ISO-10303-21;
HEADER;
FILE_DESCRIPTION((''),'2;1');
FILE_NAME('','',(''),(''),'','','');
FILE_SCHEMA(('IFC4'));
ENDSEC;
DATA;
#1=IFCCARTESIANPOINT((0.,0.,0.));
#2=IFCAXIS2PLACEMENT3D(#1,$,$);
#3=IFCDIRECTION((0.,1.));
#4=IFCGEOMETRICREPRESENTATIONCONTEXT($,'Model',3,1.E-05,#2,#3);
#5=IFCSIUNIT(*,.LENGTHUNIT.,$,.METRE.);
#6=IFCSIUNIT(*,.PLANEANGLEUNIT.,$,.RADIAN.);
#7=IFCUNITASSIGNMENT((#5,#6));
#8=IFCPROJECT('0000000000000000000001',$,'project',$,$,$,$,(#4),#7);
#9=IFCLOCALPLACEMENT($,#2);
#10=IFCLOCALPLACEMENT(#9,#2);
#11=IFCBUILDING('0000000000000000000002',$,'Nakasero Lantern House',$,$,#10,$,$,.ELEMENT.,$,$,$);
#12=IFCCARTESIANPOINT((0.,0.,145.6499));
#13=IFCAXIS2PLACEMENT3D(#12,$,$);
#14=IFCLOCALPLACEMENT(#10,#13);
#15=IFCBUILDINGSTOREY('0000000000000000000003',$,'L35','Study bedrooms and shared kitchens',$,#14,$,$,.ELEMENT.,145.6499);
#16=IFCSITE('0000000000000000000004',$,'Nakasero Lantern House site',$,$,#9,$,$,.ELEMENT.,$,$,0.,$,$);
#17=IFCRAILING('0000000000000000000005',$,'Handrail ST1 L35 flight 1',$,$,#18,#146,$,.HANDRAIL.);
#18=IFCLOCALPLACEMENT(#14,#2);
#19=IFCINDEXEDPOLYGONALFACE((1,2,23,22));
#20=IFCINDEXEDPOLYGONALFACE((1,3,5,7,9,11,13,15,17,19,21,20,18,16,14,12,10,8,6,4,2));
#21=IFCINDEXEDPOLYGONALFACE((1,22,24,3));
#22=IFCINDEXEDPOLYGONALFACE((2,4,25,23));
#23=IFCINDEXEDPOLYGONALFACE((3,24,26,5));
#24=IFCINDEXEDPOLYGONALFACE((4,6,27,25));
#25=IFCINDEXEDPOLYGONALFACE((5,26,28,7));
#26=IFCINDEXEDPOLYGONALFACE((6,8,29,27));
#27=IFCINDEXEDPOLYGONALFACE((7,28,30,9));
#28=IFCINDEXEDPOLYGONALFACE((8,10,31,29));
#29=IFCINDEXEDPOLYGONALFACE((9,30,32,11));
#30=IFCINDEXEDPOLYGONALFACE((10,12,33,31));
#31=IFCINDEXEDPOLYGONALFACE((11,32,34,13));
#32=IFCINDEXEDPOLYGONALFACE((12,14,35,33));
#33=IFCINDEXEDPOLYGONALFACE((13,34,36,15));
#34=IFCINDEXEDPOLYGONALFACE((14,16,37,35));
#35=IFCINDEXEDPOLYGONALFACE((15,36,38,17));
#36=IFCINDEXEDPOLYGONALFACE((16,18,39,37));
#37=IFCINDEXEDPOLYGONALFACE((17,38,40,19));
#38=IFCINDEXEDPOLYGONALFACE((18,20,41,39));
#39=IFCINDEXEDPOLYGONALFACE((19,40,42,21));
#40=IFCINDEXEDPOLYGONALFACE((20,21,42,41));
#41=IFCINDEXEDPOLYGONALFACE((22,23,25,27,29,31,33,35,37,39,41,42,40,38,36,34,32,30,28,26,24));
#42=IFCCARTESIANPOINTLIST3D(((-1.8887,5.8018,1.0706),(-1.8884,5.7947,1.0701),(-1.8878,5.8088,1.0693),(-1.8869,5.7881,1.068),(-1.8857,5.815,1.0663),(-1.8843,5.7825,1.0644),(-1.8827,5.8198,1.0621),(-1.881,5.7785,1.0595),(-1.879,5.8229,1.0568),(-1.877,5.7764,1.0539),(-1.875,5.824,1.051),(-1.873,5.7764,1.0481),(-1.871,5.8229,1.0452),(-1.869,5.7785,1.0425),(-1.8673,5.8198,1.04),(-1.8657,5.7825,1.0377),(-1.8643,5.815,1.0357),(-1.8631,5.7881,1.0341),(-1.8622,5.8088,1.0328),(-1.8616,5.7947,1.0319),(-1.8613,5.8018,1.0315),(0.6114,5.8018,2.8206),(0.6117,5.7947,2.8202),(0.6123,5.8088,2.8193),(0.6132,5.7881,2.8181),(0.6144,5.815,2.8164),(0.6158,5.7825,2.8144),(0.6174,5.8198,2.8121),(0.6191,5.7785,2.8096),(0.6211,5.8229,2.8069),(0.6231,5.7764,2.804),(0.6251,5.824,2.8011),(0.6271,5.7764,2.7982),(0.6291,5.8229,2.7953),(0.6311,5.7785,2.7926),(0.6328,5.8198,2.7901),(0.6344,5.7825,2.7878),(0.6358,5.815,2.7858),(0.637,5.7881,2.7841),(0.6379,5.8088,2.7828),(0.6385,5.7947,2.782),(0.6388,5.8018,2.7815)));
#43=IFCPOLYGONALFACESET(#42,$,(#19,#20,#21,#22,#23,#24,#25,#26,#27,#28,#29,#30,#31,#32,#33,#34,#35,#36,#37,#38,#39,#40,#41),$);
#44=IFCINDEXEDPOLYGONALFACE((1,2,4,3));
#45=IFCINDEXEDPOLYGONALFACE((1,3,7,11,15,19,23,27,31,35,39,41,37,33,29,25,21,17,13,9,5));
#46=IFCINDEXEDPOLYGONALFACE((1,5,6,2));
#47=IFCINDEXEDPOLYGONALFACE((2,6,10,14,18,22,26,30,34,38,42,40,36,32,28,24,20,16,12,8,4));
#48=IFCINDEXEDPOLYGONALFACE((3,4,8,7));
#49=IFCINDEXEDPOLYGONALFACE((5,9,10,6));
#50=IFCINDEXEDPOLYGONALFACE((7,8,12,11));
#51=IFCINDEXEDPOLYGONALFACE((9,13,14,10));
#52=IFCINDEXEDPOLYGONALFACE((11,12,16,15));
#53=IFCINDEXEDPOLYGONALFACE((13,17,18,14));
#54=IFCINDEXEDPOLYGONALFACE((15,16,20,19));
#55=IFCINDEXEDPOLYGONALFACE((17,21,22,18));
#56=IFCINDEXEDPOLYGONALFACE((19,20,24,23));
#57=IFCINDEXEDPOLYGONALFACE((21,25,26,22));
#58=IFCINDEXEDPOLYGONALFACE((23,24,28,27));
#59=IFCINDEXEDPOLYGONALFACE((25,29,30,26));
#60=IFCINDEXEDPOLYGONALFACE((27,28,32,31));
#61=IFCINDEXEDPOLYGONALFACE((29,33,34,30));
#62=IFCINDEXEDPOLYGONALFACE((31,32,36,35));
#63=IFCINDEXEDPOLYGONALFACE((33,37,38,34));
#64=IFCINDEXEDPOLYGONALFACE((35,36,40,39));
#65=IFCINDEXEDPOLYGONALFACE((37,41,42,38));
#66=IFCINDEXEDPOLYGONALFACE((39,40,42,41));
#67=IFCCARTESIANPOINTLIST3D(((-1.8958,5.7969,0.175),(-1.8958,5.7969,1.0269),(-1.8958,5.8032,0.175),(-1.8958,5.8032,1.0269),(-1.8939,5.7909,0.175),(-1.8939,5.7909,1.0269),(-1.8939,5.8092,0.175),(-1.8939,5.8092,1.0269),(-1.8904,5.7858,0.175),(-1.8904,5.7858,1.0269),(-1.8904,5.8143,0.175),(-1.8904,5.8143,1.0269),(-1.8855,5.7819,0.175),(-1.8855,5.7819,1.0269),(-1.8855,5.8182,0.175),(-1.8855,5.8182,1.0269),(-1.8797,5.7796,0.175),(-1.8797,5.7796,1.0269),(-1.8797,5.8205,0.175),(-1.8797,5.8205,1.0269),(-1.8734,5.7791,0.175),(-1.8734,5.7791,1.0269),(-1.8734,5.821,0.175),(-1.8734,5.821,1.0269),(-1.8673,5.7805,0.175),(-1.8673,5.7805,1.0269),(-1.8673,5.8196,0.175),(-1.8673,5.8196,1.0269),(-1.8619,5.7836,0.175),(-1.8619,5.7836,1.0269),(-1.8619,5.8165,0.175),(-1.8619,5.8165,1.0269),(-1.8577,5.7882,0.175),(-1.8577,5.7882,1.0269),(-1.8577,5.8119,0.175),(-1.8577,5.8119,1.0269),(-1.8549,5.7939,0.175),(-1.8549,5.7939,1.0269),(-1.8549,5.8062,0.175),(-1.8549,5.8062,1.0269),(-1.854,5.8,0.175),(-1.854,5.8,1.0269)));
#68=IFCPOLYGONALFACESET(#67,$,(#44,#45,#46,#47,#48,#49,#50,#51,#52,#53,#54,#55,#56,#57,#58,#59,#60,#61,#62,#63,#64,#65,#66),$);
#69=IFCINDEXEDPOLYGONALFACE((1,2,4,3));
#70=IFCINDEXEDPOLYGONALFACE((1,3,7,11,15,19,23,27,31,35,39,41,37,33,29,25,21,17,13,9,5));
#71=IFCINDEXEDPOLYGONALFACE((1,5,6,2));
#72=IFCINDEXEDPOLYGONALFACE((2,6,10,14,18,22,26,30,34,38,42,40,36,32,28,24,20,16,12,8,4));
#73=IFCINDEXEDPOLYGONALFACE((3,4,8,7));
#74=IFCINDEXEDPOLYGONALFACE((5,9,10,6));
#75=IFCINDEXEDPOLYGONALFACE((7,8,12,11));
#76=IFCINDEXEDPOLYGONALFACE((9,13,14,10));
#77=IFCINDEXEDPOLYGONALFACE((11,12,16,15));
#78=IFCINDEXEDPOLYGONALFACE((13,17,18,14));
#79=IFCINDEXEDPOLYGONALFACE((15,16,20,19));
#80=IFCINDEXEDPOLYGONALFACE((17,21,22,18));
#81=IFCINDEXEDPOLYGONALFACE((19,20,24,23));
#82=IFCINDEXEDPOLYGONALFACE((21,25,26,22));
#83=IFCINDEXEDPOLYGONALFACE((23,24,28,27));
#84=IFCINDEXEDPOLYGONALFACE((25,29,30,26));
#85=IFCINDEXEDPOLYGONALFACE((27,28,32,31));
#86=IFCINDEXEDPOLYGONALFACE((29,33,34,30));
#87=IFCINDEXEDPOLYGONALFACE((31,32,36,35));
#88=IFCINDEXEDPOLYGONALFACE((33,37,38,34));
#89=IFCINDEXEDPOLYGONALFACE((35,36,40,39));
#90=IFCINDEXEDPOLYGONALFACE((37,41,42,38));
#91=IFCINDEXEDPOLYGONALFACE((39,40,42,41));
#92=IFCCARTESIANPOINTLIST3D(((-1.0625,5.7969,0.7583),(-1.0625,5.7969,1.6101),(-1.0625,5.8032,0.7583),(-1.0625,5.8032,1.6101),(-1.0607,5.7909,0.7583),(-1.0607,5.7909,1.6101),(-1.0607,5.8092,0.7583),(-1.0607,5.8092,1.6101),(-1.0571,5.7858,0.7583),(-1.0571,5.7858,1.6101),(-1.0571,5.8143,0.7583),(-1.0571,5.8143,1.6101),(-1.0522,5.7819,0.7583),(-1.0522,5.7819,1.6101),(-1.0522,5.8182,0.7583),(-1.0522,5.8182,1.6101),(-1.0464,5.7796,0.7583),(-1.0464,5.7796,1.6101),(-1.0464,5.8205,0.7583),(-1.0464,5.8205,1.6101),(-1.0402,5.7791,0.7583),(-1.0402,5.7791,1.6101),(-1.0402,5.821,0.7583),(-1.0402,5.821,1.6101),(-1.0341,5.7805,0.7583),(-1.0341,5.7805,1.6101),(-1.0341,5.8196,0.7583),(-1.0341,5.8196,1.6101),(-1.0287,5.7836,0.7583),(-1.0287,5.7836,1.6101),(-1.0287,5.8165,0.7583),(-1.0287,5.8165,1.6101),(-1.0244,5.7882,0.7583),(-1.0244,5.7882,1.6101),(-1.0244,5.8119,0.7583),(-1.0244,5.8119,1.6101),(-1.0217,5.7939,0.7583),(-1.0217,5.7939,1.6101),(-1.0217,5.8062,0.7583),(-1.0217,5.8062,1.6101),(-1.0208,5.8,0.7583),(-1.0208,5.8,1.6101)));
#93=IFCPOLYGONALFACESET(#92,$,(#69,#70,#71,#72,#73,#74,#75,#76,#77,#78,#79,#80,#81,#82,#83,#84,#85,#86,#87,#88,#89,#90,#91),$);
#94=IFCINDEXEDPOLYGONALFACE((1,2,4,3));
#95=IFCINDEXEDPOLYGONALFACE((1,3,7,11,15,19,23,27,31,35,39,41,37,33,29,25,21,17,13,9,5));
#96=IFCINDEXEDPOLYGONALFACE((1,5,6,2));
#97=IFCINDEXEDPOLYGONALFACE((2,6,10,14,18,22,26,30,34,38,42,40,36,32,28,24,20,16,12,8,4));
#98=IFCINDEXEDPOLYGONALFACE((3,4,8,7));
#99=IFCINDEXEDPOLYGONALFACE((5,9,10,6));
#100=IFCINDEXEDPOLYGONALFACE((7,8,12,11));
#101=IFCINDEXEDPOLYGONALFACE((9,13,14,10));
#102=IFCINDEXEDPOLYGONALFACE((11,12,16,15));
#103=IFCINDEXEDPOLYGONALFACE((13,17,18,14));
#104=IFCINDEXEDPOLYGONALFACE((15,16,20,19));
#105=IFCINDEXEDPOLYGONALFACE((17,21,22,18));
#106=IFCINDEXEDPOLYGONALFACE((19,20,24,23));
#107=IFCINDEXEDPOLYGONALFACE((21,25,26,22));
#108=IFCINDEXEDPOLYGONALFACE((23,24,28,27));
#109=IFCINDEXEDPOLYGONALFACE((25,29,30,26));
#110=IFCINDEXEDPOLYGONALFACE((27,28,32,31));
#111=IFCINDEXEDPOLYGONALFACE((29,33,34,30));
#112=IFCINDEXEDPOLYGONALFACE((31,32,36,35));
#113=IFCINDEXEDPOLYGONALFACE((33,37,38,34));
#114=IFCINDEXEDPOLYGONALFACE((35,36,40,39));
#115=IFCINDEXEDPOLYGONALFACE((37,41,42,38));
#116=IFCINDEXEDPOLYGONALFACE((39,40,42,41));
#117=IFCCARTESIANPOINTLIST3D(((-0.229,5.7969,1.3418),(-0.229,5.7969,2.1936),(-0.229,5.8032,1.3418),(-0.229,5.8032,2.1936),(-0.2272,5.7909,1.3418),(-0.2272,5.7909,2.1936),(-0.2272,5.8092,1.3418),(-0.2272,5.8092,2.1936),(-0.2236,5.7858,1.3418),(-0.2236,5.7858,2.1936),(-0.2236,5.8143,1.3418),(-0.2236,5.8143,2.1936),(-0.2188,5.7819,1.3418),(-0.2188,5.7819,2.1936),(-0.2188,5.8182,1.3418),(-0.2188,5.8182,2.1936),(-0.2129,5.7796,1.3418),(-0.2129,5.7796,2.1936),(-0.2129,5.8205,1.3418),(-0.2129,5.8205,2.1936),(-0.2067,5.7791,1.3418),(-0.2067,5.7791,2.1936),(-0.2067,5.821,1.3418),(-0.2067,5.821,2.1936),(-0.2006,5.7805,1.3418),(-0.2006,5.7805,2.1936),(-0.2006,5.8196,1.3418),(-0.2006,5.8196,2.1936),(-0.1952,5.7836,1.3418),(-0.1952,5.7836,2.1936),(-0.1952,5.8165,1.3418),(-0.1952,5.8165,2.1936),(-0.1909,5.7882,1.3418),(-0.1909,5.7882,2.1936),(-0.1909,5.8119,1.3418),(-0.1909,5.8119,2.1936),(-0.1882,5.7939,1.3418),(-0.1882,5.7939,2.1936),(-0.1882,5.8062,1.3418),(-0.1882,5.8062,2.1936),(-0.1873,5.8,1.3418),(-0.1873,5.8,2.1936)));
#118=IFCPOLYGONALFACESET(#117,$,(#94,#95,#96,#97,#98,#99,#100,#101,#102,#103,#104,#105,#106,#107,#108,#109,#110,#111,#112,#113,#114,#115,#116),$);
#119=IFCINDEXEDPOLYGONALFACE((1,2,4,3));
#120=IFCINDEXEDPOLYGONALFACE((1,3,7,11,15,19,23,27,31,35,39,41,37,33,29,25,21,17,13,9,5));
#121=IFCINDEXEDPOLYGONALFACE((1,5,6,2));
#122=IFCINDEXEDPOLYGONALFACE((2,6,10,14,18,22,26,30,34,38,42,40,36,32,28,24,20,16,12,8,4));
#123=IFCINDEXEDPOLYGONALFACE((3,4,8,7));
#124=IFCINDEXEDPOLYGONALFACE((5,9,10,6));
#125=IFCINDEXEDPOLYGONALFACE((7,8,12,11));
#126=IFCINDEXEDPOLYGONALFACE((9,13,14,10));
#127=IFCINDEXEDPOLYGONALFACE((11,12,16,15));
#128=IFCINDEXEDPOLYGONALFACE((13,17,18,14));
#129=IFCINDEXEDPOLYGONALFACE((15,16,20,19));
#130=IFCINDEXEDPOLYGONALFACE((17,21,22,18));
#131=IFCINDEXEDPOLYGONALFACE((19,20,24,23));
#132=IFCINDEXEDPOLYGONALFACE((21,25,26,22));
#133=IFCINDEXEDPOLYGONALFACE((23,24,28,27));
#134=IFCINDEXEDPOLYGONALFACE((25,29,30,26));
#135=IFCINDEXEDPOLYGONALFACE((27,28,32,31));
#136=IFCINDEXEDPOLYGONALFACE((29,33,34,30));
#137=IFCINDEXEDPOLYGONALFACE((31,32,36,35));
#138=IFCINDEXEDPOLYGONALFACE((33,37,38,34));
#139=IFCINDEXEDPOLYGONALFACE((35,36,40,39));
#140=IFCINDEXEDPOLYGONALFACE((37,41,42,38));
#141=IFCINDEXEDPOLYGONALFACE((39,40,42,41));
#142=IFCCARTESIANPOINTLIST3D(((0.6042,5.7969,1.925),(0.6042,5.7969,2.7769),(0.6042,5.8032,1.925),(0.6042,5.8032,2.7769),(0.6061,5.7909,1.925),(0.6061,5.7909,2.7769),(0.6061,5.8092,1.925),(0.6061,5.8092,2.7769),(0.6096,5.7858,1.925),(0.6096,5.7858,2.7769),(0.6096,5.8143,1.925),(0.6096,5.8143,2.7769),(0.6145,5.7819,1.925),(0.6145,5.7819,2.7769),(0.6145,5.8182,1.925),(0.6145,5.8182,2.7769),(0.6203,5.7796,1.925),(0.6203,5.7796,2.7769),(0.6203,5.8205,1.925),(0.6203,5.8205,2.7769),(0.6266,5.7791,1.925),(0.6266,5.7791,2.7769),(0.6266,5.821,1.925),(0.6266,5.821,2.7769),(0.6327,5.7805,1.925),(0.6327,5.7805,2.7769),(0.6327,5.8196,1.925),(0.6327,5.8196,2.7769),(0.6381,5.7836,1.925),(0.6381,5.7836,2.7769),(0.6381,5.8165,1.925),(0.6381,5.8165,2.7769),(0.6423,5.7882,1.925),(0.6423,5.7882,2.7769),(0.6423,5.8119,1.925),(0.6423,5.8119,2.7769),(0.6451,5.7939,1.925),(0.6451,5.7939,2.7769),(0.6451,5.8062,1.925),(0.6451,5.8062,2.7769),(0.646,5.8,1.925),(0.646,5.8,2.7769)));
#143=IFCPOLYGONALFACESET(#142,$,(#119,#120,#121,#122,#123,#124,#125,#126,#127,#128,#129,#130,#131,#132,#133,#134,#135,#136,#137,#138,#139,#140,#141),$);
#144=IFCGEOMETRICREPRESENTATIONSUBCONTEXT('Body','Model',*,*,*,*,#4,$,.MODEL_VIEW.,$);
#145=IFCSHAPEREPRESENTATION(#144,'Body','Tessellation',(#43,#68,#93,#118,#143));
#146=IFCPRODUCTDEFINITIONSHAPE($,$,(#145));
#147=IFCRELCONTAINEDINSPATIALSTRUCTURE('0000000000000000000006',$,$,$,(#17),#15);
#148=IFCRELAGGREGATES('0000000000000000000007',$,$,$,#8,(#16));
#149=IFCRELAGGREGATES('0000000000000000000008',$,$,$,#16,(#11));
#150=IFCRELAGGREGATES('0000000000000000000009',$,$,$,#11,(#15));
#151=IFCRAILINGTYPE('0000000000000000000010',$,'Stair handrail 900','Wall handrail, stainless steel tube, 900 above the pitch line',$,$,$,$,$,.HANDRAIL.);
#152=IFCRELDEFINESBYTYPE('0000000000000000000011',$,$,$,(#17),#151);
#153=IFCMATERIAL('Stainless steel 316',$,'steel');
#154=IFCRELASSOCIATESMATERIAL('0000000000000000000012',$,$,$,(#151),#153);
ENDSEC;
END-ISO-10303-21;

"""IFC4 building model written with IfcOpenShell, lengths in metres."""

from ifc_helpers import new_model, si_unit, direction, frame, origin, origin_2d, place, context, subcontext, project, spatial, circle, extrude, material, type_object, element, save


model = new_model("IFC4")

# Units and contexts
model_context = context("Model", 3, precision=1e-05, world=origin(), true_north=direction((0.0, 1.0)))
body_context = subcontext(model_context, "Body", "Model", "MODEL_VIEW")
ifc_project = project(units=[si_unit("LENGTHUNIT", "METRE"), si_unit("PLANEANGLEUNIT", "RADIAN")], contexts=[model_context])

# Site, building, storey
site_placement = place(None, origin())
site = spatial("IfcSite", under=ifc_project, at=site_placement, Name="Nakasero Lantern House site", CompositionType="ELEMENT", RefElevation=0.0)
building_placement = place(site_placement, origin())
building = spatial("IfcBuilding", under=site, at=building_placement, Name="Nakasero Lantern House", CompositionType="ELEMENT")
storey_placement = place(building_placement, frame((0.0, 0.0, 145.6499)))
storey = spatial("IfcBuildingStorey", under=building, at=storey_placement, Name="L35", Description="Study bedrooms and shared kitchens", CompositionType="ELEMENT", Elevation=145.6499)

# Railing
ifc_material_1 = material(Name="Stainless steel 316", Category="steel")
railing_type = type_object("IfcRailingType", Name="Stair handrail 900", Description="Wall handrail, stainless steel tube, 900 above the pitch line", PredefinedType="HANDRAIL", material=ifc_material_1)
railing_placement = place(storey_placement, frame((-1.875, 5.8, 0.175)))
element("IfcRailing", 1, at=railing_placement, inside=storey, type_object=railing_type, Name="Handrail ST1 L35 flight 1", PredefinedType="HANDRAIL", context=body_context, shape_type="SweptSolid", body=[
    extrude(circle(Radius=0.0239, at=origin_2d()), frame((0.0, 0.0, 0.876), z_axis=(0.819232, 0.0, 0.573462), x_axis=(0.0, 1.0, 0.0)), (0.0, 0.0, 1.0), 3.0518),
    extrude(circle(Radius=0.021, at=origin_2d()), origin(), (0.0, 0.0, 1.0), 0.8518),
    extrude(circle(Radius=0.021, at=origin_2d()), frame((0.8333, 0.0, 0.5833)), (0.0, 0.0, 1.0), 0.8518),
    extrude(circle(Radius=0.021, at=origin_2d()), frame((1.6667, 0.0, 1.1667)), (0.0, 0.0, 1.0), 0.8518),
    extrude(circle(Radius=0.021, at=origin_2d()), frame((2.5, 0.0, 1.75)), (0.0, 0.0, 1.0), 0.8518),
])

save(model, "model.ifc")
